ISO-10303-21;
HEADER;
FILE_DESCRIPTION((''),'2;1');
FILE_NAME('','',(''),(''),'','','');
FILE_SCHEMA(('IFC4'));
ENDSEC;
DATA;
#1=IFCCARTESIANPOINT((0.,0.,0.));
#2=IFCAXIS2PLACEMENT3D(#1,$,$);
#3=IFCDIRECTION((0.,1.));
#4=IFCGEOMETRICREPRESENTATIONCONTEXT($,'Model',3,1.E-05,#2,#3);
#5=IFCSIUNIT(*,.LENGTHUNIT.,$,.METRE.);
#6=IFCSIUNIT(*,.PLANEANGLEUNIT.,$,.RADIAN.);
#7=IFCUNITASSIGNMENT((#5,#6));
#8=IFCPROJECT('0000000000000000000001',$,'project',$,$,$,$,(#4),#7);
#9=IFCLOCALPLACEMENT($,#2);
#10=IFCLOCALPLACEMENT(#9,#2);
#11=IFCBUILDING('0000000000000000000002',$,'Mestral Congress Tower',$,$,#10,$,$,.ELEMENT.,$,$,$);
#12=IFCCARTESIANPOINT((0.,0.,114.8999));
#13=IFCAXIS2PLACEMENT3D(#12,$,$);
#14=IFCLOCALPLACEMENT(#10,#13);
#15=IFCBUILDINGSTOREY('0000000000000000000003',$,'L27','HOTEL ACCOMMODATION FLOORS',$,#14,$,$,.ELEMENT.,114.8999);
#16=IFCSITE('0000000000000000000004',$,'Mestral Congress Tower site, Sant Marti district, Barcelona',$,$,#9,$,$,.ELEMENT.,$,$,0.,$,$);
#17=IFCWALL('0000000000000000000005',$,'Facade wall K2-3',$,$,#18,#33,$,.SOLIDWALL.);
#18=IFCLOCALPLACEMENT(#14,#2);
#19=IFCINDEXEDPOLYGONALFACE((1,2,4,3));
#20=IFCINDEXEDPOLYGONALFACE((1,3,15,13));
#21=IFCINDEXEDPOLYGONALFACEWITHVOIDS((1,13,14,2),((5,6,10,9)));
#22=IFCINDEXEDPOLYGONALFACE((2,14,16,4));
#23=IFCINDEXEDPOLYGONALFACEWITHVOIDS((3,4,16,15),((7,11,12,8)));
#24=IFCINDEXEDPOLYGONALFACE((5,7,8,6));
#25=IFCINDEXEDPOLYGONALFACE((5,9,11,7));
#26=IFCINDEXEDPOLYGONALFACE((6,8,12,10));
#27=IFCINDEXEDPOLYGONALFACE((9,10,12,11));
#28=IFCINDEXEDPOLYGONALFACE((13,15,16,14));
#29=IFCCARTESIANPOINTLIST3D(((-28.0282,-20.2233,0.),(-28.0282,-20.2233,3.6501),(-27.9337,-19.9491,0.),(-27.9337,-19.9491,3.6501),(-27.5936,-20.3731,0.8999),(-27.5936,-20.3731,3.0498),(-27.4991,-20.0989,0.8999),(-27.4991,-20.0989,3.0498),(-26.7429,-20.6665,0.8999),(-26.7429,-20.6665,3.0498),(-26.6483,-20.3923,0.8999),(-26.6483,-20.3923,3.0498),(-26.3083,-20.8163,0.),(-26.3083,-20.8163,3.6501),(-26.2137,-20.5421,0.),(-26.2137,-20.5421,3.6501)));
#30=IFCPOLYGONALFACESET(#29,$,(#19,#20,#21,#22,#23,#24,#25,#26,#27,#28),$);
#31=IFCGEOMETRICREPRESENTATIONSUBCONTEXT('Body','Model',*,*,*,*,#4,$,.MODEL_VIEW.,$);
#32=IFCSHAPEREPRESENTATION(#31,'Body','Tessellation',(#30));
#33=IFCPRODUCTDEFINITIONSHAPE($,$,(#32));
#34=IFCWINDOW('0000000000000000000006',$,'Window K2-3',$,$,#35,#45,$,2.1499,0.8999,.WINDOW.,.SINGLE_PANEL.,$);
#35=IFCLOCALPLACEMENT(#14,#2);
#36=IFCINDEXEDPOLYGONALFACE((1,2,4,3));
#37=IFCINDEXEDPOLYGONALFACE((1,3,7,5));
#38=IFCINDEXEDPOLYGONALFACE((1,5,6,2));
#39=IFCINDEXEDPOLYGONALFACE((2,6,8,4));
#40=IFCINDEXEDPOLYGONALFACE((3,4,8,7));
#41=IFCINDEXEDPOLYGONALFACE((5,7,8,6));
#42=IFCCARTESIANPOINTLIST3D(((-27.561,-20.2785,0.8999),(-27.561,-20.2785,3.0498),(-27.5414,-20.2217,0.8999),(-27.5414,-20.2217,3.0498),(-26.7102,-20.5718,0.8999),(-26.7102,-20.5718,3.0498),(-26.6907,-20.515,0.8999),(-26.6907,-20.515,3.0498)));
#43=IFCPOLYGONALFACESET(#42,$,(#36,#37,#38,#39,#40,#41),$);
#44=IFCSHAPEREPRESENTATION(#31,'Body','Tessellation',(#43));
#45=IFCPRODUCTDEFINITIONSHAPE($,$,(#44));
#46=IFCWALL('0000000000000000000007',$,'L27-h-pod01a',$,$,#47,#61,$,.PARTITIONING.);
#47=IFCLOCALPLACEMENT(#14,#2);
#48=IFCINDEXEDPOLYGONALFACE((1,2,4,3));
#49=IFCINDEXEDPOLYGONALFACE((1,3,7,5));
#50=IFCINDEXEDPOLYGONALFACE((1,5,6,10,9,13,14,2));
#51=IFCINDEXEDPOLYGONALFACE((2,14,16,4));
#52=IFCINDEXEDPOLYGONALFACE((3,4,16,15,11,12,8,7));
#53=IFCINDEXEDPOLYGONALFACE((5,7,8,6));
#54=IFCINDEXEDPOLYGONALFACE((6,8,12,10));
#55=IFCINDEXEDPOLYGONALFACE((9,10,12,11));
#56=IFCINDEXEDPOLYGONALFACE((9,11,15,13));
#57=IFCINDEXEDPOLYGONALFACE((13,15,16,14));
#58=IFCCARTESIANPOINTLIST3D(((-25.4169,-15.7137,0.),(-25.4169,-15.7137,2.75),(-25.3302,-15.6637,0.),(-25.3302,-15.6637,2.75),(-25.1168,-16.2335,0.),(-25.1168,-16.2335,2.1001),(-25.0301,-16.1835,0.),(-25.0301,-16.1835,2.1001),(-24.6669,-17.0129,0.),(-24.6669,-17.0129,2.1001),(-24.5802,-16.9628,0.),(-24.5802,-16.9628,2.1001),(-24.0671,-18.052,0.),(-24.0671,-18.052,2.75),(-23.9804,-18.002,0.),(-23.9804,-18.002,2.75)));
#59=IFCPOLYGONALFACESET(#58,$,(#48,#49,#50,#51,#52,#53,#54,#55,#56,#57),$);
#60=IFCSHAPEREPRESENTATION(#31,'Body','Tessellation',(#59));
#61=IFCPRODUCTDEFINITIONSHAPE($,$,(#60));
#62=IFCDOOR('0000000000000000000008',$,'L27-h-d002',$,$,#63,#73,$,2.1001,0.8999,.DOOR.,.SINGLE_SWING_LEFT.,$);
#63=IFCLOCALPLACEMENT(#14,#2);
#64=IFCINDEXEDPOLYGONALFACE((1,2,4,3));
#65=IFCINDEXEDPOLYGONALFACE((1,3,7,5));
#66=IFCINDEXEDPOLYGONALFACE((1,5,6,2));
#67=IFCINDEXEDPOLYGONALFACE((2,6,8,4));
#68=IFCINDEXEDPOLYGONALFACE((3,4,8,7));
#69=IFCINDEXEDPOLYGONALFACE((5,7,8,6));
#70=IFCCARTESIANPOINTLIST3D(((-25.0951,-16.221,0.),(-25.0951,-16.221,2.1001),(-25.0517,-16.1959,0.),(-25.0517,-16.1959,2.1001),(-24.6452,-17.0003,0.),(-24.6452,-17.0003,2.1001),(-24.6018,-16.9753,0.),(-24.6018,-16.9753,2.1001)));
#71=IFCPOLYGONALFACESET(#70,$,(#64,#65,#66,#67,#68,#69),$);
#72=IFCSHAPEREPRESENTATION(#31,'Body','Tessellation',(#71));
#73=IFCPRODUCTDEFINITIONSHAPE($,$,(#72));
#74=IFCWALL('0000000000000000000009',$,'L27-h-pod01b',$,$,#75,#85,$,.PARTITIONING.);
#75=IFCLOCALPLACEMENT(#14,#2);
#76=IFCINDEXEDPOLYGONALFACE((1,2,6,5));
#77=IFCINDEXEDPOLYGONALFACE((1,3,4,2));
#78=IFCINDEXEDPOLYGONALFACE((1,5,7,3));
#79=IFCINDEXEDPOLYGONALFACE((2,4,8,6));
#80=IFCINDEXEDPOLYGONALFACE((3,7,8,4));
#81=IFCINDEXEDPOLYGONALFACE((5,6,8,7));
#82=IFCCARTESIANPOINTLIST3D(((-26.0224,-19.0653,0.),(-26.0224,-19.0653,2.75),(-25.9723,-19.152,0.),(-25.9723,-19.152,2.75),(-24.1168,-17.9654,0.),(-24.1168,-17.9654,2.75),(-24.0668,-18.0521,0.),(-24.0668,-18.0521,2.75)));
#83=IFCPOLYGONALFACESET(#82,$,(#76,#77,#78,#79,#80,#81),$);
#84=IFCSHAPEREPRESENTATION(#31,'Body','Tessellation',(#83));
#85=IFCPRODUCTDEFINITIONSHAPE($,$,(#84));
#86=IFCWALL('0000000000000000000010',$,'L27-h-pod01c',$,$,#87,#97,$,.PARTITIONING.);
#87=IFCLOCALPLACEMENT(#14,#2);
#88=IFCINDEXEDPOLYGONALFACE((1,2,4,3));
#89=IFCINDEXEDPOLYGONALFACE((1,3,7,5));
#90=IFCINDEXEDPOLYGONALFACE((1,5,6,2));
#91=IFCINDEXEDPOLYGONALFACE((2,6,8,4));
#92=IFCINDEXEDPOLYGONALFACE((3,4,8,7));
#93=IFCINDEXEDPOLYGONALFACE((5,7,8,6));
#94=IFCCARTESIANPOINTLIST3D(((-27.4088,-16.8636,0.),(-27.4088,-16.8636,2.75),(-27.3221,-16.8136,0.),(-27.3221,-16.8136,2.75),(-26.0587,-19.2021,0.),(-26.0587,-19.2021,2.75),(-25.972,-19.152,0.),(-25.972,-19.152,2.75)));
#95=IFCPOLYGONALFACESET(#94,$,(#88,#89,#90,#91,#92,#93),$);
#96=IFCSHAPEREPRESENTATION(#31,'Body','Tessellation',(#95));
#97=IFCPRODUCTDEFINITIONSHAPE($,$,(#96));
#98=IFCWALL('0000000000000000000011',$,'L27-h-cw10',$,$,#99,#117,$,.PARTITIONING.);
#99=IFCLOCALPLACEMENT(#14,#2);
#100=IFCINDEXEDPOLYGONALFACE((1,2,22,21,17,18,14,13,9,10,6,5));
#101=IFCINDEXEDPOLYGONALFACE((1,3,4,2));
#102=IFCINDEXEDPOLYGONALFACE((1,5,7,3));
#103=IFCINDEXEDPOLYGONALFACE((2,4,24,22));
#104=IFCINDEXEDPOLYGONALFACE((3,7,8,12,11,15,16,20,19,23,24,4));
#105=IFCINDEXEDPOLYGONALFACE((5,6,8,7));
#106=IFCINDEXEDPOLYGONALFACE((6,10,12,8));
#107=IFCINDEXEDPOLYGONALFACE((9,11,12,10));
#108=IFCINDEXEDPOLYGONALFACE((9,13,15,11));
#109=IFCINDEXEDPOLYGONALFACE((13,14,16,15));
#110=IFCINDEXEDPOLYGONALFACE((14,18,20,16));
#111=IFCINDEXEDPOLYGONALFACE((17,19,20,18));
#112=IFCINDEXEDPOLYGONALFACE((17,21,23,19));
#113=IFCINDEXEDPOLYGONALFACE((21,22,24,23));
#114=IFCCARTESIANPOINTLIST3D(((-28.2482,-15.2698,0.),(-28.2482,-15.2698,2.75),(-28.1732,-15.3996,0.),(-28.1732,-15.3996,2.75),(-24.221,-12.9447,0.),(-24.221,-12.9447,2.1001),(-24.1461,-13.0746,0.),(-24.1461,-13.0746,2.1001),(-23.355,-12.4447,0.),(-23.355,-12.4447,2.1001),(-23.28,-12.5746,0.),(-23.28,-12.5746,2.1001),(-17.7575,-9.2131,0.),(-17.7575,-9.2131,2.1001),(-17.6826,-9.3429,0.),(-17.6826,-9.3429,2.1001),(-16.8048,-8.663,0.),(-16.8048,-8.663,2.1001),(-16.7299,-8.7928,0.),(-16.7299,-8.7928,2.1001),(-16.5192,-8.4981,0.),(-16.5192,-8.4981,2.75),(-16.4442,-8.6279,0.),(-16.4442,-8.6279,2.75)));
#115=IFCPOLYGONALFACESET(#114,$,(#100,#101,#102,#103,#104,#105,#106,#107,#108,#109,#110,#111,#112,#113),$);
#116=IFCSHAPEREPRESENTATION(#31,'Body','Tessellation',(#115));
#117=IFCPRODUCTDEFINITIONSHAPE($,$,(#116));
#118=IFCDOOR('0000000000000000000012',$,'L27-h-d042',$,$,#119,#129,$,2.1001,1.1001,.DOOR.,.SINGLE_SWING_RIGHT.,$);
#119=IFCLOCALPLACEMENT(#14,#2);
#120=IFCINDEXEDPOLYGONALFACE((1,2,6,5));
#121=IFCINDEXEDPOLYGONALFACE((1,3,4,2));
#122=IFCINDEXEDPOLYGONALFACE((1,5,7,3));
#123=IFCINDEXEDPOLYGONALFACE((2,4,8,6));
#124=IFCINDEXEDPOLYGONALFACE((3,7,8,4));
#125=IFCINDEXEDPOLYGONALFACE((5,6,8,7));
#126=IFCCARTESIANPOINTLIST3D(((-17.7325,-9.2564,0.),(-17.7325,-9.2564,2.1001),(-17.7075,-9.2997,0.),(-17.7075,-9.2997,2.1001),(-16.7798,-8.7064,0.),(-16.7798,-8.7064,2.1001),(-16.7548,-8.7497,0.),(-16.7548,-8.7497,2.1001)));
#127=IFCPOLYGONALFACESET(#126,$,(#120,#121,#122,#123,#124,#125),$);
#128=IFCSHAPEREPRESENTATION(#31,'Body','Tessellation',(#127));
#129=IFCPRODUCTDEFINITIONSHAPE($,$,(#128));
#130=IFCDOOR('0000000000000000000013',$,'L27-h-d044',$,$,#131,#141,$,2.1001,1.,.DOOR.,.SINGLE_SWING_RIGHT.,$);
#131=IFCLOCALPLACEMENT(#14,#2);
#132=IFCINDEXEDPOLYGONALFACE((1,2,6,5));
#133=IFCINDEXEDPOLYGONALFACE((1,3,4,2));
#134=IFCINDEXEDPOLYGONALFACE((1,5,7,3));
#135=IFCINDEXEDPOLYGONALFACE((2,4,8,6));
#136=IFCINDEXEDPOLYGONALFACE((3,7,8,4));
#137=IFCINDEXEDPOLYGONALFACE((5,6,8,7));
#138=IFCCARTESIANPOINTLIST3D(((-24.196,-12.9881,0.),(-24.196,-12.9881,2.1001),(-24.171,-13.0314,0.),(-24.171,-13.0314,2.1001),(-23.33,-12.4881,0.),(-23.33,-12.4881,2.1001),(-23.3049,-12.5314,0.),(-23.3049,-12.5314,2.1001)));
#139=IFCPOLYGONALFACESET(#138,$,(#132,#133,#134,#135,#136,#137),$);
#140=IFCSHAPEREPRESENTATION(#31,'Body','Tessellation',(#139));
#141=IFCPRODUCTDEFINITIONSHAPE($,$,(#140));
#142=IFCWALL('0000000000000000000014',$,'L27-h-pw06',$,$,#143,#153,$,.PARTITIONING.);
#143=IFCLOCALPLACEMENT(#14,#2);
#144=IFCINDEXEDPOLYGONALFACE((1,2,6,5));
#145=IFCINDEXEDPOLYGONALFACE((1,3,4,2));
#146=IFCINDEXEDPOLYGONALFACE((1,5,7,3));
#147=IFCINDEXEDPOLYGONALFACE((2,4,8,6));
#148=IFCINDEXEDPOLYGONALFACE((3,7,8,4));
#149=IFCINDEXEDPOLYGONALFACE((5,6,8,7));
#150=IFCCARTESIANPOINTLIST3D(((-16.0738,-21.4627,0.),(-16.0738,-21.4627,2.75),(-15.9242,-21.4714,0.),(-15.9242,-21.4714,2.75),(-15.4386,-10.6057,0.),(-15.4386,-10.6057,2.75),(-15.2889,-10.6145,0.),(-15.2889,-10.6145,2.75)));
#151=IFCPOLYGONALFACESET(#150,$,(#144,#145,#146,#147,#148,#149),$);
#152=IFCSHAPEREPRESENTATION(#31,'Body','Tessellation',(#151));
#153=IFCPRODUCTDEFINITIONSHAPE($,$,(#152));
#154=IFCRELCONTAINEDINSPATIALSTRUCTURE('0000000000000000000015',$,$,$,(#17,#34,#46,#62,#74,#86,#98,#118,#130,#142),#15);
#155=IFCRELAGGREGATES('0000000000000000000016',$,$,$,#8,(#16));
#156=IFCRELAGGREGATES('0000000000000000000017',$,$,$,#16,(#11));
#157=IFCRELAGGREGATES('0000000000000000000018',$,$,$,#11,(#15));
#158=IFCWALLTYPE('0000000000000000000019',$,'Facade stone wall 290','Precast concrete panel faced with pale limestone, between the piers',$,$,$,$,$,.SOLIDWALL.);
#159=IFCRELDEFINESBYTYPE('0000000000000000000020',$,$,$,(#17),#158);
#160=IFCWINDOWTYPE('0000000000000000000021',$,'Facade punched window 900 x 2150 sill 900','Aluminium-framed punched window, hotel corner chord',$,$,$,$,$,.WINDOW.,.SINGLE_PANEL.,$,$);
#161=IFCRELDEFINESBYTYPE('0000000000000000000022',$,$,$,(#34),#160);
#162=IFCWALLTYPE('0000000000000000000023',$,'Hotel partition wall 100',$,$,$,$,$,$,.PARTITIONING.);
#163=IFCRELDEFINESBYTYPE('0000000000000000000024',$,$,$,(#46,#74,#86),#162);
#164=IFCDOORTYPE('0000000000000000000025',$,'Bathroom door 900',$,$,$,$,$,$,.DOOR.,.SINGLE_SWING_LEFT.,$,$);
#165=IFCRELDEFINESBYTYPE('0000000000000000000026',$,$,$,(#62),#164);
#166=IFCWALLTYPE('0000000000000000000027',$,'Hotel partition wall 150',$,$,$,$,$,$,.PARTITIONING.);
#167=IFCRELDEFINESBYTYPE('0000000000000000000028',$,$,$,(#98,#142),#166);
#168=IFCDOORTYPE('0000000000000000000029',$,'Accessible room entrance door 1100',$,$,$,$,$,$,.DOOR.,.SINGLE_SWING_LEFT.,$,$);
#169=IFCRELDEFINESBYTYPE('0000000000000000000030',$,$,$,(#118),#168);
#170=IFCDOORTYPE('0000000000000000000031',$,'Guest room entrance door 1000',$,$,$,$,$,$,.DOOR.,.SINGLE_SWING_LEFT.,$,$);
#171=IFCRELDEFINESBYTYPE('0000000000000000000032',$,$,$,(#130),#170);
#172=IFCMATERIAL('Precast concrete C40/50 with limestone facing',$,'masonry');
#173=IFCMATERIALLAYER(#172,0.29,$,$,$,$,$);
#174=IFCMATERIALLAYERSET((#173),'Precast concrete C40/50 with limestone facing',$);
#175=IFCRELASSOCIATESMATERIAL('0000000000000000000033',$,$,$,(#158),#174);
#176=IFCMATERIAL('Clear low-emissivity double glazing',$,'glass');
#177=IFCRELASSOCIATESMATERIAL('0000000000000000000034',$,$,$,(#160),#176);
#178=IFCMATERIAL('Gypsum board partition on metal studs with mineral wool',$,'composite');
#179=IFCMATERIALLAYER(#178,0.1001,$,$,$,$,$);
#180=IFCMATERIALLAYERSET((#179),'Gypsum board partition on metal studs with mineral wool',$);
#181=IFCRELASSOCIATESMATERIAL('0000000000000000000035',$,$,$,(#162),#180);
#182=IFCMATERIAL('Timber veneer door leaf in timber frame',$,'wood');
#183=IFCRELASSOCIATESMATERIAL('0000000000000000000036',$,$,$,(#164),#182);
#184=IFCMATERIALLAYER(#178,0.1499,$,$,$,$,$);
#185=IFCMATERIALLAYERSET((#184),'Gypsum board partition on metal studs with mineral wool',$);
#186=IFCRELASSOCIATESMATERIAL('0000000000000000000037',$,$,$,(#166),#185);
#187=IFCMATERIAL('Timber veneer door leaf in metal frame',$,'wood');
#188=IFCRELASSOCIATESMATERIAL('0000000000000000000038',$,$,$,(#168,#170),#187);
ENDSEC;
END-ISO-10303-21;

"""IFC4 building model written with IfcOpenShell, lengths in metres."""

from ifc_helpers import new_model, si_unit, direction, frame, frame_2d, origin, place, context, subcontext, project, spatial, rectangle, extrude, material, layer, layer_set, type_object, element, fill, save


model = new_model("IFC4")

# Units and contexts
model_context = context("Model", 3, precision=1e-05, world=origin(), true_north=direction((0.0, 1.0)))
body_context = subcontext(model_context, "Body", "Model", "MODEL_VIEW")
ifc_project = project(units=[si_unit("LENGTHUNIT", "METRE"), si_unit("PLANEANGLEUNIT", "RADIAN")], contexts=[model_context])

# Site, building, storey
site_placement = place(None, origin())
site = spatial("IfcSite", under=ifc_project, at=site_placement, Name="Mestral Congress Tower site, Sant Marti district, Barcelona", CompositionType="ELEMENT", RefElevation=0.0)
building_placement = place(site_placement, origin())
building = spatial("IfcBuilding", under=site, at=building_placement, Name="Mestral Congress Tower", CompositionType="ELEMENT")
storey_placement = place(building_placement, frame((0.0, 0.0, 114.8999)))
storey = spatial("IfcBuildingStorey", under=building, at=storey_placement, Name="L27", Description="HOTEL ACCOMMODATION FLOORS", CompositionType="ELEMENT", Elevation=114.8999)

# Shared definitions
ifc_material_1 = material(Name="Precast concrete C40/50 with limestone facing", Category="masonry")
ifc_layer_1 = layer(ifc_material_1, 0.29)
ifc_layer_set_1 = layer_set([ifc_layer_1], Name="Precast concrete C40/50 with limestone facing")
wall_type_1 = type_object("IfcWallType", Name="Facade stone wall 290", Description="Precast concrete panel faced with pale limestone, between the piers", PredefinedType="SOLIDWALL", material=ifc_layer_set_1)
ifc_material_2 = material(Name="Clear low-emissivity double glazing", Category="glass")

# Wall, opening, window
wall_1_placement = place(storey_placement, frame((-27.981, -20.0862, 0.0), z_axis=(0.0, 0.0, 1.0), x_axis=(0.945386, -0.325953, 0.0)))
wall_1 = element("IfcWall", 1, at=wall_1_placement, inside=storey, type_object=wall_type_1, Name="Facade wall K2-3", PredefinedType="SOLIDWALL", context=body_context, shape_type="SweptSolid", body=[
    extrude(rectangle(XDim=1.8193, YDim=0.29, at=frame_2d((0.9097, 0.0))), origin(), (0.0, 0.0, 1.0), 3.6501),
])
opening_1_placement = place(wall_1_placement, frame((0.4597, 0.0, 0.8999)))
opening_1 = element("IfcOpeningElement", 2, at=opening_1_placement, cuts=wall_1, PredefinedType="OPENING", context=body_context, shape_type="SweptSolid", body=[
    extrude(rectangle(XDim=0.8999, YDim=2.1499, at=frame_2d((0.45, 1.075))), frame((0.0, 0.155, 0.0), z_axis=(0.0, -1.0, 0.0), x_axis=(1.0, 0.0, 0.0)), (0.0, 0.0, 1.0), 0.3101),
])
window_type_1 = type_object("IfcWindowType", Name="Facade punched window 900 x 2150 sill 900", Description="Aluminium-framed punched window, hotel corner chord", PartitioningType="SINGLE_PANEL", PredefinedType="WINDOW", material=ifc_material_2)
window_1_placement = place(opening_1_placement, origin())
window_1 = element("IfcWindow", 3, at=window_1_placement, inside=storey, type_object=window_type_1, Name="Window K2-3", OverallHeight=2.1499, OverallWidth=0.8999, PartitioningType="SINGLE_PANEL", PredefinedType="WINDOW", context=body_context, shape_type="SweptSolid", body=[
    extrude(rectangle(XDim=0.8999, YDim=2.1499, at=frame_2d((0.45, 1.075))), frame((0.0, 0.0151, 0.0), z_axis=(0.0, -1.0, 0.0), x_axis=(1.0, 0.0, 0.0)), (0.0, 0.0, 1.0), 0.0601),
])
fill(opening_1, window_1)

# Wall, opening, door
ifc_material_3 = material(Name="Gypsum board partition on metal studs with mineral wool", Category="composite")
ifc_layer_2 = layer(ifc_material_3, 0.1001)
ifc_layer_set_2 = layer_set([ifc_layer_2], Name="Gypsum board partition on metal studs with mineral wool")
wall_type_2 = type_object("IfcWallType", Name="Hotel partition wall 100", PredefinedType="PARTITIONING", material=ifc_layer_set_2)
wall_2_placement = place(storey_placement, frame((-24.0237, -18.0271, 0.0), z_axis=(0.0, 0.0, 1.0), x_axis=(-0.499942, 0.866059, 0.0)))
wall_2 = element("IfcWall", 4, at=wall_2_placement, inside=storey, type_object=wall_type_2, Name="L27-h-pod01a", PredefinedType="PARTITIONING", context=body_context, shape_type="SweptSolid", body=[
    extrude(rectangle(XDim=2.7, YDim=0.1001, at=frame_2d((1.3501, 0.0))), origin(), (0.0, 0.0, 1.0), 2.75),
])
opening_2_placement = place(wall_2_placement, frame((1.2, 0.0, 0.0)))
opening_2 = element("IfcOpeningElement", 5, at=opening_2_placement, cuts=wall_2, PredefinedType="OPENING", context=body_context, shape_type="SweptSolid", body=[
    extrude(rectangle(XDim=0.8999, YDim=2.1001, at=frame_2d((0.45, 1.05))), frame((0.0, 0.0601, 0.0), z_axis=(0.0, -1.0, 0.0), x_axis=(1.0, 0.0, 0.0)), (0.0, 0.0, 1.0), 0.1201),
])
ifc_material_4 = material(Name="Timber veneer door leaf in timber frame", Category="wood")
door_type_1 = type_object("IfcDoorType", Name="Bathroom door 900", OperationType="SINGLE_SWING_LEFT", PredefinedType="DOOR", material=ifc_material_4)
door_1_placement = place(opening_2_placement, origin())
door_1 = element("IfcDoor", 6, at=door_1_placement, inside=storey, type_object=door_type_1, Name="L27-h-d002", OperationType="SINGLE_SWING_LEFT", OverallHeight=2.1001, OverallWidth=0.8999, PredefinedType="DOOR", context=body_context, shape_type="SweptSolid", body=[
    extrude(rectangle(XDim=0.8999, YDim=2.1001, at=frame_2d((0.45, 1.05))), frame((0.0, 0.0249, 0.0), z_axis=(0.0, -1.0, 0.0), x_axis=(1.0, 0.0, 0.0)), (0.0, 0.0, 1.0), 0.05),
])
fill(opening_2, door_1)

# Walls
wall_3_placement = place(storey_placement, frame((-24.0918, -18.0088, 0.0), z_axis=(0.0, 0.0, 1.0), x_axis=(-0.866084, -0.499899, 0.0)))
element("IfcWall", 7, at=wall_3_placement, inside=storey, type_object=wall_type_2, Name="L27-h-pod01b", PredefinedType="PARTITIONING", context=body_context, shape_type="SweptSolid", body=[
    extrude(rectangle(XDim=2.2002, YDim=0.1001, at=frame_2d((1.1001, 0.0))), origin(), (0.0, 0.0, 1.0), 2.75),
])
wall_4_placement = place(storey_placement, frame((-27.3655, -16.8386, 0.0), z_axis=(0.0, 0.0, 1.0), x_axis=(0.500009, -0.86602, 0.0)))
element("IfcWall", 8, at=wall_4_placement, inside=storey, type_object=wall_type_2, Name="L27-h-pod01c", PredefinedType="PARTITIONING", context=body_context, shape_type="SweptSolid", body=[
    extrude(rectangle(XDim=2.7002, YDim=0.1001, at=frame_2d((1.3501, 0.0))), origin(), (0.0, 0.0, 1.0), 2.75),
])

# Wall, openings, doors
ifc_layer_3 = layer(ifc_material_3, 0.1499)
ifc_layer_set_3 = layer_set([ifc_layer_3], Name="Gypsum board partition on metal studs with mineral wool")
wall_type_3 = type_object("IfcWallType", Name="Hotel partition wall 150", PredefinedType="PARTITIONING", material=ifc_layer_set_3)
wall_5_placement = place(storey_placement, frame((-28.2107, -15.3347, 0.0), z_axis=(0.0, 0.0, 1.0), x_axis=(0.866026, 0.499999, 0.0)))
wall_5 = element("IfcWall", 9, at=wall_5_placement, inside=storey, type_object=wall_type_3, Name="L27-h-cw10", PredefinedType="PARTITIONING", context=body_context, shape_type="SweptSolid", body=[
    extrude(rectangle(XDim=13.5435, YDim=0.1499, at=frame_2d((6.7717, 0.0))), origin(), (0.0, 0.0, 1.0), 2.75),
])
opening_3_placement = place(wall_5_placement, frame((12.1135, 0.0, 0.0)))
opening_3 = element("IfcOpeningElement", 10, at=opening_3_placement, cuts=wall_5, PredefinedType="OPENING", context=body_context, shape_type="SweptSolid", body=[
    extrude(rectangle(XDim=1.1001, YDim=2.1001, at=frame_2d((0.55, 1.05))), frame((0.0, 0.085, 0.0), z_axis=(0.0, -1.0, 0.0), x_axis=(1.0, 0.0, 0.0)), (0.0, 0.0, 1.0), 0.1699),
])
opening_4_placement = place(wall_5_placement, frame((4.6501, 0.0, 0.0)))
opening_4 = element("IfcOpeningElement", 11, at=opening_4_placement, cuts=wall_5, PredefinedType="OPENING", context=body_context, shape_type="SweptSolid", body=[
    extrude(rectangle(XDim=1.0, YDim=2.1001, at=frame_2d((0.5, 1.05))), frame((0.0, 0.085, 0.0), z_axis=(0.0, -1.0, 0.0), x_axis=(1.0, 0.0, 0.0)), (0.0, 0.0, 1.0), 0.1699),
])
ifc_material_5 = material(Name="Timber veneer door leaf in metal frame", Category="wood")
door_type_2 = type_object("IfcDoorType", Name="Accessible room entrance door 1100", OperationType="SINGLE_SWING_LEFT", PredefinedType="DOOR", material=ifc_material_5)
door_2_placement = place(opening_3_placement, origin())
door_2 = element("IfcDoor", 12, at=door_2_placement, inside=storey, type_object=door_type_2, Name="L27-h-d042", OperationType="SINGLE_SWING_RIGHT", OverallHeight=2.1001, OverallWidth=1.1001, PredefinedType="DOOR", context=body_context, shape_type="SweptSolid", body=[
    extrude(rectangle(XDim=1.1001, YDim=2.1001, at=frame_2d((0.55, 1.05))), frame((0.0, 0.0249, 0.0), z_axis=(0.0, -1.0, 0.0), x_axis=(1.0, 0.0, 0.0)), (0.0, 0.0, 1.0), 0.05),
])
fill(opening_3, door_2)
door_type_3 = type_object("IfcDoorType", Name="Guest room entrance door 1000", OperationType="SINGLE_SWING_LEFT", PredefinedType="DOOR", material=ifc_material_5)
door_3_placement = place(opening_4_placement, origin())
door_3 = element("IfcDoor", 13, at=door_3_placement, inside=storey, type_object=door_type_3, Name="L27-h-d044", OperationType="SINGLE_SWING_RIGHT", OverallHeight=2.1001, OverallWidth=1.0, PredefinedType="DOOR", context=body_context, shape_type="SweptSolid", body=[
    extrude(rectangle(XDim=1.0, YDim=2.1001, at=frame_2d((0.5, 1.05))), frame((0.0, 0.0249, 0.0), z_axis=(0.0, -1.0, 0.0), x_axis=(1.0, 0.0, 0.0)), (0.0, 0.0, 1.0), 0.05),
])
fill(opening_4, door_3)

# Wall
wall_6_placement = place(storey_placement, frame((-15.999, -21.467, 0.0), z_axis=(0.0, 0.0, 1.0), x_axis=(0.058411, 0.998293, 0.0)))
element("IfcWall", 14, at=wall_6_placement, inside=storey, type_object=wall_type_3, Name="L27-h-pw06", PredefinedType="PARTITIONING", context=body_context, shape_type="SweptSolid", body=[
    extrude(rectangle(XDim=10.8755, YDim=0.1499, at=frame_2d((5.4377, 0.0))), origin(), (0.0, 0.0, 1.0), 2.75),
])

save(model, "model.ifc")
